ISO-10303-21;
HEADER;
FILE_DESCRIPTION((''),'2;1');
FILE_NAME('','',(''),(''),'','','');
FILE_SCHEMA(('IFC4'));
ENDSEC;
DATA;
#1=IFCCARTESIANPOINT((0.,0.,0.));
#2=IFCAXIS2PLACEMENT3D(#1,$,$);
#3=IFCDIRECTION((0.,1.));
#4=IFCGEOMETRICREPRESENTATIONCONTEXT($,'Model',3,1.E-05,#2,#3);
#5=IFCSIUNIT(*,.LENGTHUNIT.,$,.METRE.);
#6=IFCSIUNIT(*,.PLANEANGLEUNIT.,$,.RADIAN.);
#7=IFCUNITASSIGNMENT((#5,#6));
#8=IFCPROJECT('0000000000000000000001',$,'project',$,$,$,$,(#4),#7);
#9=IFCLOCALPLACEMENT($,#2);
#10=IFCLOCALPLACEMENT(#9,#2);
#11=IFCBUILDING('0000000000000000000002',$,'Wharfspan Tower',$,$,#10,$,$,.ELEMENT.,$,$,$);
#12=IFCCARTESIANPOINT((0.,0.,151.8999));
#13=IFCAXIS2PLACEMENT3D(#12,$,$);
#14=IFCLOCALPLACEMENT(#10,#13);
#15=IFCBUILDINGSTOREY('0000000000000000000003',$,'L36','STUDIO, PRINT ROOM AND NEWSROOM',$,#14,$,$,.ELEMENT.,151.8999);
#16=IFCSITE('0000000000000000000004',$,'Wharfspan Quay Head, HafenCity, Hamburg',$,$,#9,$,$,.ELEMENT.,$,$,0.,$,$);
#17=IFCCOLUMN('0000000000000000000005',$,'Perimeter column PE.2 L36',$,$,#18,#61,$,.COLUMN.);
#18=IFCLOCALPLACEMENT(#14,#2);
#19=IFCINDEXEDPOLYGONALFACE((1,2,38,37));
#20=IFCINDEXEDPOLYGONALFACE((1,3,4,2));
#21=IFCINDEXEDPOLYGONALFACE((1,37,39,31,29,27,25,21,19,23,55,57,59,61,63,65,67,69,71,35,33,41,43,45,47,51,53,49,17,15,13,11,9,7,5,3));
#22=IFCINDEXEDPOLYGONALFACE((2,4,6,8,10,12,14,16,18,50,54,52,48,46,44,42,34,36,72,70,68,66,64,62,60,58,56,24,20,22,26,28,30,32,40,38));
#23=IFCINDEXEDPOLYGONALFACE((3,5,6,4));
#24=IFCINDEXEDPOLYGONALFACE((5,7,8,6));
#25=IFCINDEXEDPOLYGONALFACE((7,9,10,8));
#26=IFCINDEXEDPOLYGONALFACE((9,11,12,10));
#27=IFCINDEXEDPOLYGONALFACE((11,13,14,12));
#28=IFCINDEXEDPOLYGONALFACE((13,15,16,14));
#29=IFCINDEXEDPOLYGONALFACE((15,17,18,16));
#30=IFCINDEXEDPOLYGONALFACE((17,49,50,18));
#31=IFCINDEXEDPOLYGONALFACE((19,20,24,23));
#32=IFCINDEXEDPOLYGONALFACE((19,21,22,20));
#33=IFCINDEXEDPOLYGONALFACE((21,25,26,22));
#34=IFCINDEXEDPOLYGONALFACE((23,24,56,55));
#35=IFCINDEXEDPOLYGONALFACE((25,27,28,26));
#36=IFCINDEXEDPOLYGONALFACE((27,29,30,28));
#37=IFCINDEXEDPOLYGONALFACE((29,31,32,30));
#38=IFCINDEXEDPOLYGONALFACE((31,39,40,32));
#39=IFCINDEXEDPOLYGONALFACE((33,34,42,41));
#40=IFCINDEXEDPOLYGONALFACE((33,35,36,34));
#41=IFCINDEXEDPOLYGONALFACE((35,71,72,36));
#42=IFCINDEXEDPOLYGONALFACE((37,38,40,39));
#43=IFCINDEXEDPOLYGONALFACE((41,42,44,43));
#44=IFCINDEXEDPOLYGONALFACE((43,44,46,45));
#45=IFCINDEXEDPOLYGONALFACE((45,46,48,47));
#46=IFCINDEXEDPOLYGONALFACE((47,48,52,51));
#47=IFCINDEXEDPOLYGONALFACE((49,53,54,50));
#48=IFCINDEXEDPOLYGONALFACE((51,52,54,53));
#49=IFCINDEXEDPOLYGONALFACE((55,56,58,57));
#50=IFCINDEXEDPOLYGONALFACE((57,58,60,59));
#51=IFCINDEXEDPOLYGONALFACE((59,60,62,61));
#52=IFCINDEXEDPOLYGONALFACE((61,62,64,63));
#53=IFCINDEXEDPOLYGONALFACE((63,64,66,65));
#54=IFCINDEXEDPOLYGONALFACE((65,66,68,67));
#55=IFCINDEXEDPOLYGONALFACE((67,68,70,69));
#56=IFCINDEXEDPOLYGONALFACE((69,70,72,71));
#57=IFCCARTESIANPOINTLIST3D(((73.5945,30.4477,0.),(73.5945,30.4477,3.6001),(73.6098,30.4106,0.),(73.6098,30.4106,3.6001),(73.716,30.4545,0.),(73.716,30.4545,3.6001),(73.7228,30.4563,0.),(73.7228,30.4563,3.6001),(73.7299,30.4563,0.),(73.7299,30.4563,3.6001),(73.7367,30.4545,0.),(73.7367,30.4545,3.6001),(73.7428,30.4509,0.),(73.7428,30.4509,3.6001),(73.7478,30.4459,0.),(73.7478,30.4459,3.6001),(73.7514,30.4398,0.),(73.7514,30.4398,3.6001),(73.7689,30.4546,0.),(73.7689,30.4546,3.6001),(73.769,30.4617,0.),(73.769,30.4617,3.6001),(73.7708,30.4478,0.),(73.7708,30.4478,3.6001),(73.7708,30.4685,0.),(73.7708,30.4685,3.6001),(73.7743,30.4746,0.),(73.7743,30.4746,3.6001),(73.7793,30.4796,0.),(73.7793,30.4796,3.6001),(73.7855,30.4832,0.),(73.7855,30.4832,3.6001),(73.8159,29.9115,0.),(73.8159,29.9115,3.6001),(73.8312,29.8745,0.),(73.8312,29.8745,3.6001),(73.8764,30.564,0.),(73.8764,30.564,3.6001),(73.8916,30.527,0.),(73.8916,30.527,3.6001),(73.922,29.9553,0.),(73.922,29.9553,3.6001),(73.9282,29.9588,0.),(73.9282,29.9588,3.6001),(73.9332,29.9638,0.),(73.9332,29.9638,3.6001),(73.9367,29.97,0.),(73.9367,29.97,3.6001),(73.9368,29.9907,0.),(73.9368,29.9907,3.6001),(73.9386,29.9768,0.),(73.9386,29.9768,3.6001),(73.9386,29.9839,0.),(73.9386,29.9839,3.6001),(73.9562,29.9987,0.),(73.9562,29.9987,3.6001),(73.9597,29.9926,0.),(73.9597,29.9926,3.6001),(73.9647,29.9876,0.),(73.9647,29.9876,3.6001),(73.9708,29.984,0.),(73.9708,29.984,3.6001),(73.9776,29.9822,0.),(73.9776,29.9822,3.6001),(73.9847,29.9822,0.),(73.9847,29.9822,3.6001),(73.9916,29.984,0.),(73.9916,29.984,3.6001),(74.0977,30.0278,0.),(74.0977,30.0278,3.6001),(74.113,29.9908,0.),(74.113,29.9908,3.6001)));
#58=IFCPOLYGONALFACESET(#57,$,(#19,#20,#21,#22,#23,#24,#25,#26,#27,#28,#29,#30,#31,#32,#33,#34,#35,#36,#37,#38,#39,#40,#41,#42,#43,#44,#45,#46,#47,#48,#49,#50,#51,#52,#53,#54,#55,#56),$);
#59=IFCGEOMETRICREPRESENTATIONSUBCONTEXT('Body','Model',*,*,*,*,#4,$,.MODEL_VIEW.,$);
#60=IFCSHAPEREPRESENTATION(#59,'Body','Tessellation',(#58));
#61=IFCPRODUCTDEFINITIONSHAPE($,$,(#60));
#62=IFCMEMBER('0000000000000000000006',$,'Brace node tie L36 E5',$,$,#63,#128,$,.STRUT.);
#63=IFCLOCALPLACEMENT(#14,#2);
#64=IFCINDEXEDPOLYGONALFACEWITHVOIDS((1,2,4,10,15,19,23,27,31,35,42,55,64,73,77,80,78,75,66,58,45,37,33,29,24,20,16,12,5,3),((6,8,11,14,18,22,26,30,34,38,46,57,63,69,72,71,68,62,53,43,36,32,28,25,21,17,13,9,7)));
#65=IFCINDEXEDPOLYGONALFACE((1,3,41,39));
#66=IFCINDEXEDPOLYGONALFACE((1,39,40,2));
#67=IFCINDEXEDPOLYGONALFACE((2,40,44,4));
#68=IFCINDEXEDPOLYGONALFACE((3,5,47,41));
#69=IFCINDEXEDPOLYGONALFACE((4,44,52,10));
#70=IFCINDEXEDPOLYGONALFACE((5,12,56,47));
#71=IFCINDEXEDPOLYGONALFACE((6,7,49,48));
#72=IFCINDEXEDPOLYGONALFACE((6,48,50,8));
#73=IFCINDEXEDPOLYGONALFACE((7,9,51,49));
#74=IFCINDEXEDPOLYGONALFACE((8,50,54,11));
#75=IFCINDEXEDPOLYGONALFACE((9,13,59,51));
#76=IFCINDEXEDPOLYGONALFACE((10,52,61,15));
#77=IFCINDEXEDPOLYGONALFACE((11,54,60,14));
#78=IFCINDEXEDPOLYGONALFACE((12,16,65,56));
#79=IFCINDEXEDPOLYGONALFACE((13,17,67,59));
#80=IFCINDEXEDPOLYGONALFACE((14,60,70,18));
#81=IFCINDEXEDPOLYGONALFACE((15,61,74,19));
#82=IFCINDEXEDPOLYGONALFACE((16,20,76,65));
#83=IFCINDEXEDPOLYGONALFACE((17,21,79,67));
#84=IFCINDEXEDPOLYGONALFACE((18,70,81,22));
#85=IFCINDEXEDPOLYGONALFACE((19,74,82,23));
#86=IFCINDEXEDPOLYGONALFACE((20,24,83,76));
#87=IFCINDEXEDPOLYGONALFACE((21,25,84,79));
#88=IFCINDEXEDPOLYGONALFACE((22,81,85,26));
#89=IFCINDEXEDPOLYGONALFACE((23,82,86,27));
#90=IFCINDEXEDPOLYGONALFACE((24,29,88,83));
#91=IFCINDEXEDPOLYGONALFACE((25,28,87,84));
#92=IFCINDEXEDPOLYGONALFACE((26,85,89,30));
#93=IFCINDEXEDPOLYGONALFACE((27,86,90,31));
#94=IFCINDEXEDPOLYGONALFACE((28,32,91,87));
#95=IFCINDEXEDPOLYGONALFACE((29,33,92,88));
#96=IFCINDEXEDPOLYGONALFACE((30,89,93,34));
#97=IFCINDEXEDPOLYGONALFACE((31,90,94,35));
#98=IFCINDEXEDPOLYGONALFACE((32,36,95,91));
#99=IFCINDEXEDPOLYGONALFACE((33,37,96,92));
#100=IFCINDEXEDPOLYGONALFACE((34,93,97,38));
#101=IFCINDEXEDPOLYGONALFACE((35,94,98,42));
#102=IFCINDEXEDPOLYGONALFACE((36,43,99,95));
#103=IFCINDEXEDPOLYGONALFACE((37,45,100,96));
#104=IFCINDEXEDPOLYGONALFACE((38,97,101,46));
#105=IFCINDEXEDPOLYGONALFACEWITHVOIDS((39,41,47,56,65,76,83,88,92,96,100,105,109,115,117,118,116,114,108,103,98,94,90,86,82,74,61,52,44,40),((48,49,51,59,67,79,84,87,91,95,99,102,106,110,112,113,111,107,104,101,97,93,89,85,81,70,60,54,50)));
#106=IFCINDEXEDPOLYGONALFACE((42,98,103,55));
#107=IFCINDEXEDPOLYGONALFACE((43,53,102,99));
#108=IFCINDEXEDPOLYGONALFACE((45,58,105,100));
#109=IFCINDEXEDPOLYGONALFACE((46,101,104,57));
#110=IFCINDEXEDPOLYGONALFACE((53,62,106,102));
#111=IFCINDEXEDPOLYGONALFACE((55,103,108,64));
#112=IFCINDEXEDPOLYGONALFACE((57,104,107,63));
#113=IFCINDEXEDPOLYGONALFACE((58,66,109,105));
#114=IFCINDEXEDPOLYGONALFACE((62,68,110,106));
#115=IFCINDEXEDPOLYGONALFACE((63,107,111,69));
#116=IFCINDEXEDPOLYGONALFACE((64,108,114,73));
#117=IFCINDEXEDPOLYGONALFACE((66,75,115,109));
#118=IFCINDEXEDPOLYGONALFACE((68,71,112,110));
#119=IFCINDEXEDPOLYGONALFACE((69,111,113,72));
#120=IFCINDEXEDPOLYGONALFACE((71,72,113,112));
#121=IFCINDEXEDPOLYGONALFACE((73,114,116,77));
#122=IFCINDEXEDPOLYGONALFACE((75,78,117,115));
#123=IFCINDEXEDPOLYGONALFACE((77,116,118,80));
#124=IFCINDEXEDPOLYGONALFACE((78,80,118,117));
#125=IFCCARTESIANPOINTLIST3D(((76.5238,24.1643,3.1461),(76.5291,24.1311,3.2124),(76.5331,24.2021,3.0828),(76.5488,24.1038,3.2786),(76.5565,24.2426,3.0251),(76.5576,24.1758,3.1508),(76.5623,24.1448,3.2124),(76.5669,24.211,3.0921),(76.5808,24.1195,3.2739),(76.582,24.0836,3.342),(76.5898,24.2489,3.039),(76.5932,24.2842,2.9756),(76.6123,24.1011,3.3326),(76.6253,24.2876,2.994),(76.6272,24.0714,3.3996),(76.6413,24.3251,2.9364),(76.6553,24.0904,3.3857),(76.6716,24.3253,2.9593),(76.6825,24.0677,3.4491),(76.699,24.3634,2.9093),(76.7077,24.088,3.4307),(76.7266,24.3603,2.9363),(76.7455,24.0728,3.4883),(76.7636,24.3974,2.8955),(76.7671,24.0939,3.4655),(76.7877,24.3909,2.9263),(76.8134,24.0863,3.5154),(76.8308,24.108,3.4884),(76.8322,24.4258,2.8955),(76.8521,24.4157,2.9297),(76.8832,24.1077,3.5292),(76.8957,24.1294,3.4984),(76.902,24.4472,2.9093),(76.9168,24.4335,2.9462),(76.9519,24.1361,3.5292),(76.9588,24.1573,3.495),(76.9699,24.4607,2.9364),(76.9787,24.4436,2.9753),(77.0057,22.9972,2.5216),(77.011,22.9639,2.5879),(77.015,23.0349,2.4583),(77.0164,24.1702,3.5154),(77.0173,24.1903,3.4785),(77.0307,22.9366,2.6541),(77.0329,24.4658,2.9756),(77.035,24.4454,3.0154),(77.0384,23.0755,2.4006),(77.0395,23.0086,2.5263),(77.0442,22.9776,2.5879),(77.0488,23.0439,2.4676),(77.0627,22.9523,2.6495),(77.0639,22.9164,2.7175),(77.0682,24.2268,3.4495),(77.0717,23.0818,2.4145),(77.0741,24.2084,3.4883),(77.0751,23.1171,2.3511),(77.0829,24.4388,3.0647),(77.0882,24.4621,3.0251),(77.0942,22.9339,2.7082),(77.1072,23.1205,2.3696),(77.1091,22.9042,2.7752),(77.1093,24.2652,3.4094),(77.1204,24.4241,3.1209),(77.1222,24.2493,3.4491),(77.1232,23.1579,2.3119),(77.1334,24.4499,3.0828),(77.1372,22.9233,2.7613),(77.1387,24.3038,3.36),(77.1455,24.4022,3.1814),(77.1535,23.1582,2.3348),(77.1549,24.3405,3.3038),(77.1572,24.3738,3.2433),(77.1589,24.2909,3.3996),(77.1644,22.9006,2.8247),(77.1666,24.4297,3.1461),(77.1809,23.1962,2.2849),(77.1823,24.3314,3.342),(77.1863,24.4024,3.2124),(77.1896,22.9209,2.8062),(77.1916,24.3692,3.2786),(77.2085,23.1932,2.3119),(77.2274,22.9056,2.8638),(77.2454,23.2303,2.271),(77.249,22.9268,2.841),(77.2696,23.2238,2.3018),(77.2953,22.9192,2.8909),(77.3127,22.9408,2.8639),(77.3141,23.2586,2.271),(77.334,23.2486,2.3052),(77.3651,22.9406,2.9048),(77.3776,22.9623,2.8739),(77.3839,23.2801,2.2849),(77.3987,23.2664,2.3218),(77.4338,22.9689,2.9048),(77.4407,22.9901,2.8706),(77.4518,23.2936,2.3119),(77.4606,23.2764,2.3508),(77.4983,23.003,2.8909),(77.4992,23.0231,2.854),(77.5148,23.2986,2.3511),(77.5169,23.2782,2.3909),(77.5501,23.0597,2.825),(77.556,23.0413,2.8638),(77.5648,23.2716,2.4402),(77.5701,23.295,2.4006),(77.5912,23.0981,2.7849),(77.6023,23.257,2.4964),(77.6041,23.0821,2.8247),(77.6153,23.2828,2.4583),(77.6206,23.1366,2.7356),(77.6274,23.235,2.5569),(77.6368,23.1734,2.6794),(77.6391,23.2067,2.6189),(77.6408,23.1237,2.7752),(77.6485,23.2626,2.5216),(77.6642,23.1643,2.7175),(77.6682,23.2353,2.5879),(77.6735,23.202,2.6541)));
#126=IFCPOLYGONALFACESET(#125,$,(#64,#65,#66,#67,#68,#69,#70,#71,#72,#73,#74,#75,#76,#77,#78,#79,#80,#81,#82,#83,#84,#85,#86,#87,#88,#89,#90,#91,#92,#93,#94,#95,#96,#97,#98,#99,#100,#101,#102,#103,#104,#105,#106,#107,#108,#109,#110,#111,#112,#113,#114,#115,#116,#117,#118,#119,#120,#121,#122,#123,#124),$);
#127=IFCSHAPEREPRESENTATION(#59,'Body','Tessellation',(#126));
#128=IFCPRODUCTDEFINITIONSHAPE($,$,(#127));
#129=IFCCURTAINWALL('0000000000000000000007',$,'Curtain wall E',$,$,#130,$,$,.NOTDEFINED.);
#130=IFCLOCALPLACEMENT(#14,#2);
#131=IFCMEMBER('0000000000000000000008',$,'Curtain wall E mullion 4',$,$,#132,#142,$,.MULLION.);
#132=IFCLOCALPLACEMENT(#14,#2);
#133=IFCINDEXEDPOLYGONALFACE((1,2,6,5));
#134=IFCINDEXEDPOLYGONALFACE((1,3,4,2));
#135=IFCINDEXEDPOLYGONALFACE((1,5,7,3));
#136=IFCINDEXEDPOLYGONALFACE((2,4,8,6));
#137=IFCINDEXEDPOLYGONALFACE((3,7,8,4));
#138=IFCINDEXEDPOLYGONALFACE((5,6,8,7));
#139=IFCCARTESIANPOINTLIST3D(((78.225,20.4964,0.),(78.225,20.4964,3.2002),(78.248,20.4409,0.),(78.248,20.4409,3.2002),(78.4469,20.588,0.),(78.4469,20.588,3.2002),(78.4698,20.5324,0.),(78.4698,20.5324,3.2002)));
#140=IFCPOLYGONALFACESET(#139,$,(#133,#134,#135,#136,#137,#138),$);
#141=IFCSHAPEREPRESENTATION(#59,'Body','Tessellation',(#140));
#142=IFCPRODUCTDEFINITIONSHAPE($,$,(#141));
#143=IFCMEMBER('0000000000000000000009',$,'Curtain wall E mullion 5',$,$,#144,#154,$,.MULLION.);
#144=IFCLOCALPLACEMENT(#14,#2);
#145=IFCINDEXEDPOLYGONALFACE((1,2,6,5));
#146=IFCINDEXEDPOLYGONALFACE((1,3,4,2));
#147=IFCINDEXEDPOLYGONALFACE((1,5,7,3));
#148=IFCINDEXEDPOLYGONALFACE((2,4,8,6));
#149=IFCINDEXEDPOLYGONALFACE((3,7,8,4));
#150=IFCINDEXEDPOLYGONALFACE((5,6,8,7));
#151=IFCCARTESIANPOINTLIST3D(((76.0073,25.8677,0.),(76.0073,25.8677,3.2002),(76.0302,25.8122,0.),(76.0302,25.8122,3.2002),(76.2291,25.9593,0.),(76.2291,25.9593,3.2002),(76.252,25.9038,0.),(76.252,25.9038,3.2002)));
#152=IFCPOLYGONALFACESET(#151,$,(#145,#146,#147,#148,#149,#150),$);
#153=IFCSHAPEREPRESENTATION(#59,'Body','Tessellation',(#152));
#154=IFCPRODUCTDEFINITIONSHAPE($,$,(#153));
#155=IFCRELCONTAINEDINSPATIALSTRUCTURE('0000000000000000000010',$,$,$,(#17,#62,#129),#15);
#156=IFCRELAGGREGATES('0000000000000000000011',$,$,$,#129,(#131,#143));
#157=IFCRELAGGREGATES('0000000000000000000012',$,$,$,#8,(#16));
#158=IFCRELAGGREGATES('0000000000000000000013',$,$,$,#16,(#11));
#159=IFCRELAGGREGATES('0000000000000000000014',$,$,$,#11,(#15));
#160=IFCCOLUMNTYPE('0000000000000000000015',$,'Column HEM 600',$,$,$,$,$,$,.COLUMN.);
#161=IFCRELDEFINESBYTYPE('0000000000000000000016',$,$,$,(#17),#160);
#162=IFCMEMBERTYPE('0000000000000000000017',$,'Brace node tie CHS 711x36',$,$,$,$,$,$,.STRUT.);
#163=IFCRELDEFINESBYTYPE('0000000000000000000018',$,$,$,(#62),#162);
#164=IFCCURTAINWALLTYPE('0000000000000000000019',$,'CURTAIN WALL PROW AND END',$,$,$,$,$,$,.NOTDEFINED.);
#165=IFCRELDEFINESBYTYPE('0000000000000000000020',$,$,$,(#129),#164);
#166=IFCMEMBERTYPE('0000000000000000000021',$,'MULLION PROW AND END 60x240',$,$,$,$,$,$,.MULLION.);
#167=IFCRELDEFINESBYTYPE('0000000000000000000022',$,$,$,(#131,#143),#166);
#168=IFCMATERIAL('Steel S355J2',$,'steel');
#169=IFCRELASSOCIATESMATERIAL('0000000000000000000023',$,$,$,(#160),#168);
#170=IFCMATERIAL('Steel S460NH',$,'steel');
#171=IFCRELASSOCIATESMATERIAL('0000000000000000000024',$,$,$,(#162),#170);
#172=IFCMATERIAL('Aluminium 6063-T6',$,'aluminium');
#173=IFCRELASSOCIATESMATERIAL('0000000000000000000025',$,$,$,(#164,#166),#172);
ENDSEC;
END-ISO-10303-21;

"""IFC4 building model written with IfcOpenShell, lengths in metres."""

from ifc_helpers import new_model, si_unit, direction, frame, origin, origin_2d, place, context, subcontext, project, spatial, rectangle, hollow_circle, i_section, extrude, material, material_profile, profile_set, type_object, element, aggregate, save


model = new_model("IFC4")

# Units and contexts
model_context = context("Model", 3, precision=1e-05, world=origin(), true_north=direction((0.0, 1.0)))
body_context = subcontext(model_context, "Body", "Model", "MODEL_VIEW")
ifc_project = project(units=[si_unit("LENGTHUNIT", "METRE"), si_unit("PLANEANGLEUNIT", "RADIAN")], contexts=[model_context])

# Site, building, storey
site_placement = place(None, origin())
site = spatial("IfcSite", under=ifc_project, at=site_placement, Name="Wharfspan Quay Head, HafenCity, Hamburg", CompositionType="ELEMENT", RefElevation=0.0)
building_placement = place(site_placement, origin())
building = spatial("IfcBuilding", under=site, at=building_placement, Name="Wharfspan Tower", CompositionType="ELEMENT")
storey_placement = place(building_placement, frame((0.0, 0.0, 151.8999)))
storey = spatial("IfcBuildingStorey", under=building, at=storey_placement, Name="L36", Description="STUDIO, PRINT ROOM AND NEWSROOM", CompositionType="ELEMENT", Elevation=151.8999)

# Column
ifc_material_1 = material(Name="Steel S355J2", Category="steel")
ifc_material_profile_1 = material_profile(ifc_material_1, i_section(OverallWidth=0.3049, OverallDepth=0.6201, WebThickness=0.021, FlangeThickness=0.04, FilletRadius=0.0271, at=origin_2d()))
ifc_profile_set_1 = profile_set([ifc_material_profile_1], Name="Steel S355J2")
column_type = type_object("IfcColumnType", Name="Column HEM 600", PredefinedType="COLUMN", material=ifc_profile_set_1)
column_placement = place(storey_placement, frame((73.8538, 30.2192, 0.0), z_axis=(0.0, 0.0, 1.0), x_axis=(0.924325, 0.381602, 0.0)))
element("IfcColumn", 1, at=column_placement, inside=storey, type_object=column_type, Name="Perimeter column PE.2 L36", PredefinedType="COLUMN", context=body_context, shape_type="SweptSolid", body=[
    extrude(i_section(OverallWidth=0.3049, OverallDepth=0.6201, WebThickness=0.021, FlangeThickness=0.04, FilletRadius=0.0271, at=origin_2d()), origin(), (0.0, 0.0, 1.0), 3.6001),
])

# Member
ifc_material_2 = material(Name="Steel S460NH", Category="steel")
ifc_material_profile_2 = material_profile(ifc_material_2, hollow_circle(Radius=0.3555, WallThickness=0.0359, at=origin_2d()))
ifc_profile_set_2 = profile_set([ifc_material_profile_2], Name="Steel S460NH")
member_type_1 = type_object("IfcMemberType", Name="Brace node tie CHS 711x36", PredefinedType="STRUT", material=ifc_profile_set_2)
member_1_placement = place(storey_placement, frame((77.3396, 23.0996, 2.5879), z_axis=(-0.342088, 0.828533, 0.443294), x_axis=(-0.924315, -0.381637, 0.000004)))
element("IfcMember", 2, at=member_1_placement, inside=storey, type_object=member_type_1, Name="Brace node tie L36 E5", PredefinedType="STRUT", context=body_context, shape_type="SweptSolid", body=[
    extrude(hollow_circle(Radius=0.3555, WallThickness=0.0359, at=origin_2d()), origin(), (0.0, 0.0, 1.0), 1.4087),
])

# Curtain wall, members
ifc_material_3 = material(Name="Aluminium 6063-T6", Category="aluminium")
curtain_wall_type = type_object("IfcCurtainWallType", Name="CURTAIN WALL PROW AND END", PredefinedType="NOTDEFINED", material=ifc_material_3)
curtain_wall_placement = place(storey_placement, origin())
curtain_wall = element("IfcCurtainWall", 3, at=curtain_wall_placement, inside=storey, type_object=curtain_wall_type, Name="Curtain wall E", PredefinedType="NOTDEFINED")
ifc_material_profile_3 = material_profile(ifc_material_3, rectangle(XDim=0.24, YDim=0.0601, at=origin_2d()))
ifc_profile_set_3 = profile_set([ifc_material_profile_3], Name="Aluminium 6063-T6")
member_type_2 = type_object("IfcMemberType", Name="MULLION PROW AND END 60x240", PredefinedType="MULLION", material=ifc_profile_set_3)
member_2_placement = place(storey_placement, frame((78.3474, 20.5144, 0.0), z_axis=(0.0, 0.0, 1.0), x_axis=(-0.924325, -0.381602, 0.0)))
member_2 = element("IfcMember", 4, at=member_2_placement, type_object=member_type_2, Name="Curtain wall E mullion 4", PredefinedType="MULLION", context=body_context, shape_type="SweptSolid", body=[
    extrude(rectangle(XDim=0.24, YDim=0.0601, at=origin_2d()), origin(), (0.0, 0.0, 1.0), 3.2002),
])
member_3_placement = place(storey_placement, frame((76.1296, 25.8857, 0.0), z_axis=(0.0, 0.0, 1.0), x_axis=(-0.924325, -0.381602, 0.0)))
member_3 = element("IfcMember", 5, at=member_3_placement, type_object=member_type_2, Name="Curtain wall E mullion 5", PredefinedType="MULLION", context=body_context, shape_type="SweptSolid", body=[
    extrude(rectangle(XDim=0.24, YDim=0.0601, at=origin_2d()), origin(), (0.0, 0.0, 1.0), 3.2002),
])

aggregate(curtain_wall, [member_2, member_3])

save(model, "model.ifc")
